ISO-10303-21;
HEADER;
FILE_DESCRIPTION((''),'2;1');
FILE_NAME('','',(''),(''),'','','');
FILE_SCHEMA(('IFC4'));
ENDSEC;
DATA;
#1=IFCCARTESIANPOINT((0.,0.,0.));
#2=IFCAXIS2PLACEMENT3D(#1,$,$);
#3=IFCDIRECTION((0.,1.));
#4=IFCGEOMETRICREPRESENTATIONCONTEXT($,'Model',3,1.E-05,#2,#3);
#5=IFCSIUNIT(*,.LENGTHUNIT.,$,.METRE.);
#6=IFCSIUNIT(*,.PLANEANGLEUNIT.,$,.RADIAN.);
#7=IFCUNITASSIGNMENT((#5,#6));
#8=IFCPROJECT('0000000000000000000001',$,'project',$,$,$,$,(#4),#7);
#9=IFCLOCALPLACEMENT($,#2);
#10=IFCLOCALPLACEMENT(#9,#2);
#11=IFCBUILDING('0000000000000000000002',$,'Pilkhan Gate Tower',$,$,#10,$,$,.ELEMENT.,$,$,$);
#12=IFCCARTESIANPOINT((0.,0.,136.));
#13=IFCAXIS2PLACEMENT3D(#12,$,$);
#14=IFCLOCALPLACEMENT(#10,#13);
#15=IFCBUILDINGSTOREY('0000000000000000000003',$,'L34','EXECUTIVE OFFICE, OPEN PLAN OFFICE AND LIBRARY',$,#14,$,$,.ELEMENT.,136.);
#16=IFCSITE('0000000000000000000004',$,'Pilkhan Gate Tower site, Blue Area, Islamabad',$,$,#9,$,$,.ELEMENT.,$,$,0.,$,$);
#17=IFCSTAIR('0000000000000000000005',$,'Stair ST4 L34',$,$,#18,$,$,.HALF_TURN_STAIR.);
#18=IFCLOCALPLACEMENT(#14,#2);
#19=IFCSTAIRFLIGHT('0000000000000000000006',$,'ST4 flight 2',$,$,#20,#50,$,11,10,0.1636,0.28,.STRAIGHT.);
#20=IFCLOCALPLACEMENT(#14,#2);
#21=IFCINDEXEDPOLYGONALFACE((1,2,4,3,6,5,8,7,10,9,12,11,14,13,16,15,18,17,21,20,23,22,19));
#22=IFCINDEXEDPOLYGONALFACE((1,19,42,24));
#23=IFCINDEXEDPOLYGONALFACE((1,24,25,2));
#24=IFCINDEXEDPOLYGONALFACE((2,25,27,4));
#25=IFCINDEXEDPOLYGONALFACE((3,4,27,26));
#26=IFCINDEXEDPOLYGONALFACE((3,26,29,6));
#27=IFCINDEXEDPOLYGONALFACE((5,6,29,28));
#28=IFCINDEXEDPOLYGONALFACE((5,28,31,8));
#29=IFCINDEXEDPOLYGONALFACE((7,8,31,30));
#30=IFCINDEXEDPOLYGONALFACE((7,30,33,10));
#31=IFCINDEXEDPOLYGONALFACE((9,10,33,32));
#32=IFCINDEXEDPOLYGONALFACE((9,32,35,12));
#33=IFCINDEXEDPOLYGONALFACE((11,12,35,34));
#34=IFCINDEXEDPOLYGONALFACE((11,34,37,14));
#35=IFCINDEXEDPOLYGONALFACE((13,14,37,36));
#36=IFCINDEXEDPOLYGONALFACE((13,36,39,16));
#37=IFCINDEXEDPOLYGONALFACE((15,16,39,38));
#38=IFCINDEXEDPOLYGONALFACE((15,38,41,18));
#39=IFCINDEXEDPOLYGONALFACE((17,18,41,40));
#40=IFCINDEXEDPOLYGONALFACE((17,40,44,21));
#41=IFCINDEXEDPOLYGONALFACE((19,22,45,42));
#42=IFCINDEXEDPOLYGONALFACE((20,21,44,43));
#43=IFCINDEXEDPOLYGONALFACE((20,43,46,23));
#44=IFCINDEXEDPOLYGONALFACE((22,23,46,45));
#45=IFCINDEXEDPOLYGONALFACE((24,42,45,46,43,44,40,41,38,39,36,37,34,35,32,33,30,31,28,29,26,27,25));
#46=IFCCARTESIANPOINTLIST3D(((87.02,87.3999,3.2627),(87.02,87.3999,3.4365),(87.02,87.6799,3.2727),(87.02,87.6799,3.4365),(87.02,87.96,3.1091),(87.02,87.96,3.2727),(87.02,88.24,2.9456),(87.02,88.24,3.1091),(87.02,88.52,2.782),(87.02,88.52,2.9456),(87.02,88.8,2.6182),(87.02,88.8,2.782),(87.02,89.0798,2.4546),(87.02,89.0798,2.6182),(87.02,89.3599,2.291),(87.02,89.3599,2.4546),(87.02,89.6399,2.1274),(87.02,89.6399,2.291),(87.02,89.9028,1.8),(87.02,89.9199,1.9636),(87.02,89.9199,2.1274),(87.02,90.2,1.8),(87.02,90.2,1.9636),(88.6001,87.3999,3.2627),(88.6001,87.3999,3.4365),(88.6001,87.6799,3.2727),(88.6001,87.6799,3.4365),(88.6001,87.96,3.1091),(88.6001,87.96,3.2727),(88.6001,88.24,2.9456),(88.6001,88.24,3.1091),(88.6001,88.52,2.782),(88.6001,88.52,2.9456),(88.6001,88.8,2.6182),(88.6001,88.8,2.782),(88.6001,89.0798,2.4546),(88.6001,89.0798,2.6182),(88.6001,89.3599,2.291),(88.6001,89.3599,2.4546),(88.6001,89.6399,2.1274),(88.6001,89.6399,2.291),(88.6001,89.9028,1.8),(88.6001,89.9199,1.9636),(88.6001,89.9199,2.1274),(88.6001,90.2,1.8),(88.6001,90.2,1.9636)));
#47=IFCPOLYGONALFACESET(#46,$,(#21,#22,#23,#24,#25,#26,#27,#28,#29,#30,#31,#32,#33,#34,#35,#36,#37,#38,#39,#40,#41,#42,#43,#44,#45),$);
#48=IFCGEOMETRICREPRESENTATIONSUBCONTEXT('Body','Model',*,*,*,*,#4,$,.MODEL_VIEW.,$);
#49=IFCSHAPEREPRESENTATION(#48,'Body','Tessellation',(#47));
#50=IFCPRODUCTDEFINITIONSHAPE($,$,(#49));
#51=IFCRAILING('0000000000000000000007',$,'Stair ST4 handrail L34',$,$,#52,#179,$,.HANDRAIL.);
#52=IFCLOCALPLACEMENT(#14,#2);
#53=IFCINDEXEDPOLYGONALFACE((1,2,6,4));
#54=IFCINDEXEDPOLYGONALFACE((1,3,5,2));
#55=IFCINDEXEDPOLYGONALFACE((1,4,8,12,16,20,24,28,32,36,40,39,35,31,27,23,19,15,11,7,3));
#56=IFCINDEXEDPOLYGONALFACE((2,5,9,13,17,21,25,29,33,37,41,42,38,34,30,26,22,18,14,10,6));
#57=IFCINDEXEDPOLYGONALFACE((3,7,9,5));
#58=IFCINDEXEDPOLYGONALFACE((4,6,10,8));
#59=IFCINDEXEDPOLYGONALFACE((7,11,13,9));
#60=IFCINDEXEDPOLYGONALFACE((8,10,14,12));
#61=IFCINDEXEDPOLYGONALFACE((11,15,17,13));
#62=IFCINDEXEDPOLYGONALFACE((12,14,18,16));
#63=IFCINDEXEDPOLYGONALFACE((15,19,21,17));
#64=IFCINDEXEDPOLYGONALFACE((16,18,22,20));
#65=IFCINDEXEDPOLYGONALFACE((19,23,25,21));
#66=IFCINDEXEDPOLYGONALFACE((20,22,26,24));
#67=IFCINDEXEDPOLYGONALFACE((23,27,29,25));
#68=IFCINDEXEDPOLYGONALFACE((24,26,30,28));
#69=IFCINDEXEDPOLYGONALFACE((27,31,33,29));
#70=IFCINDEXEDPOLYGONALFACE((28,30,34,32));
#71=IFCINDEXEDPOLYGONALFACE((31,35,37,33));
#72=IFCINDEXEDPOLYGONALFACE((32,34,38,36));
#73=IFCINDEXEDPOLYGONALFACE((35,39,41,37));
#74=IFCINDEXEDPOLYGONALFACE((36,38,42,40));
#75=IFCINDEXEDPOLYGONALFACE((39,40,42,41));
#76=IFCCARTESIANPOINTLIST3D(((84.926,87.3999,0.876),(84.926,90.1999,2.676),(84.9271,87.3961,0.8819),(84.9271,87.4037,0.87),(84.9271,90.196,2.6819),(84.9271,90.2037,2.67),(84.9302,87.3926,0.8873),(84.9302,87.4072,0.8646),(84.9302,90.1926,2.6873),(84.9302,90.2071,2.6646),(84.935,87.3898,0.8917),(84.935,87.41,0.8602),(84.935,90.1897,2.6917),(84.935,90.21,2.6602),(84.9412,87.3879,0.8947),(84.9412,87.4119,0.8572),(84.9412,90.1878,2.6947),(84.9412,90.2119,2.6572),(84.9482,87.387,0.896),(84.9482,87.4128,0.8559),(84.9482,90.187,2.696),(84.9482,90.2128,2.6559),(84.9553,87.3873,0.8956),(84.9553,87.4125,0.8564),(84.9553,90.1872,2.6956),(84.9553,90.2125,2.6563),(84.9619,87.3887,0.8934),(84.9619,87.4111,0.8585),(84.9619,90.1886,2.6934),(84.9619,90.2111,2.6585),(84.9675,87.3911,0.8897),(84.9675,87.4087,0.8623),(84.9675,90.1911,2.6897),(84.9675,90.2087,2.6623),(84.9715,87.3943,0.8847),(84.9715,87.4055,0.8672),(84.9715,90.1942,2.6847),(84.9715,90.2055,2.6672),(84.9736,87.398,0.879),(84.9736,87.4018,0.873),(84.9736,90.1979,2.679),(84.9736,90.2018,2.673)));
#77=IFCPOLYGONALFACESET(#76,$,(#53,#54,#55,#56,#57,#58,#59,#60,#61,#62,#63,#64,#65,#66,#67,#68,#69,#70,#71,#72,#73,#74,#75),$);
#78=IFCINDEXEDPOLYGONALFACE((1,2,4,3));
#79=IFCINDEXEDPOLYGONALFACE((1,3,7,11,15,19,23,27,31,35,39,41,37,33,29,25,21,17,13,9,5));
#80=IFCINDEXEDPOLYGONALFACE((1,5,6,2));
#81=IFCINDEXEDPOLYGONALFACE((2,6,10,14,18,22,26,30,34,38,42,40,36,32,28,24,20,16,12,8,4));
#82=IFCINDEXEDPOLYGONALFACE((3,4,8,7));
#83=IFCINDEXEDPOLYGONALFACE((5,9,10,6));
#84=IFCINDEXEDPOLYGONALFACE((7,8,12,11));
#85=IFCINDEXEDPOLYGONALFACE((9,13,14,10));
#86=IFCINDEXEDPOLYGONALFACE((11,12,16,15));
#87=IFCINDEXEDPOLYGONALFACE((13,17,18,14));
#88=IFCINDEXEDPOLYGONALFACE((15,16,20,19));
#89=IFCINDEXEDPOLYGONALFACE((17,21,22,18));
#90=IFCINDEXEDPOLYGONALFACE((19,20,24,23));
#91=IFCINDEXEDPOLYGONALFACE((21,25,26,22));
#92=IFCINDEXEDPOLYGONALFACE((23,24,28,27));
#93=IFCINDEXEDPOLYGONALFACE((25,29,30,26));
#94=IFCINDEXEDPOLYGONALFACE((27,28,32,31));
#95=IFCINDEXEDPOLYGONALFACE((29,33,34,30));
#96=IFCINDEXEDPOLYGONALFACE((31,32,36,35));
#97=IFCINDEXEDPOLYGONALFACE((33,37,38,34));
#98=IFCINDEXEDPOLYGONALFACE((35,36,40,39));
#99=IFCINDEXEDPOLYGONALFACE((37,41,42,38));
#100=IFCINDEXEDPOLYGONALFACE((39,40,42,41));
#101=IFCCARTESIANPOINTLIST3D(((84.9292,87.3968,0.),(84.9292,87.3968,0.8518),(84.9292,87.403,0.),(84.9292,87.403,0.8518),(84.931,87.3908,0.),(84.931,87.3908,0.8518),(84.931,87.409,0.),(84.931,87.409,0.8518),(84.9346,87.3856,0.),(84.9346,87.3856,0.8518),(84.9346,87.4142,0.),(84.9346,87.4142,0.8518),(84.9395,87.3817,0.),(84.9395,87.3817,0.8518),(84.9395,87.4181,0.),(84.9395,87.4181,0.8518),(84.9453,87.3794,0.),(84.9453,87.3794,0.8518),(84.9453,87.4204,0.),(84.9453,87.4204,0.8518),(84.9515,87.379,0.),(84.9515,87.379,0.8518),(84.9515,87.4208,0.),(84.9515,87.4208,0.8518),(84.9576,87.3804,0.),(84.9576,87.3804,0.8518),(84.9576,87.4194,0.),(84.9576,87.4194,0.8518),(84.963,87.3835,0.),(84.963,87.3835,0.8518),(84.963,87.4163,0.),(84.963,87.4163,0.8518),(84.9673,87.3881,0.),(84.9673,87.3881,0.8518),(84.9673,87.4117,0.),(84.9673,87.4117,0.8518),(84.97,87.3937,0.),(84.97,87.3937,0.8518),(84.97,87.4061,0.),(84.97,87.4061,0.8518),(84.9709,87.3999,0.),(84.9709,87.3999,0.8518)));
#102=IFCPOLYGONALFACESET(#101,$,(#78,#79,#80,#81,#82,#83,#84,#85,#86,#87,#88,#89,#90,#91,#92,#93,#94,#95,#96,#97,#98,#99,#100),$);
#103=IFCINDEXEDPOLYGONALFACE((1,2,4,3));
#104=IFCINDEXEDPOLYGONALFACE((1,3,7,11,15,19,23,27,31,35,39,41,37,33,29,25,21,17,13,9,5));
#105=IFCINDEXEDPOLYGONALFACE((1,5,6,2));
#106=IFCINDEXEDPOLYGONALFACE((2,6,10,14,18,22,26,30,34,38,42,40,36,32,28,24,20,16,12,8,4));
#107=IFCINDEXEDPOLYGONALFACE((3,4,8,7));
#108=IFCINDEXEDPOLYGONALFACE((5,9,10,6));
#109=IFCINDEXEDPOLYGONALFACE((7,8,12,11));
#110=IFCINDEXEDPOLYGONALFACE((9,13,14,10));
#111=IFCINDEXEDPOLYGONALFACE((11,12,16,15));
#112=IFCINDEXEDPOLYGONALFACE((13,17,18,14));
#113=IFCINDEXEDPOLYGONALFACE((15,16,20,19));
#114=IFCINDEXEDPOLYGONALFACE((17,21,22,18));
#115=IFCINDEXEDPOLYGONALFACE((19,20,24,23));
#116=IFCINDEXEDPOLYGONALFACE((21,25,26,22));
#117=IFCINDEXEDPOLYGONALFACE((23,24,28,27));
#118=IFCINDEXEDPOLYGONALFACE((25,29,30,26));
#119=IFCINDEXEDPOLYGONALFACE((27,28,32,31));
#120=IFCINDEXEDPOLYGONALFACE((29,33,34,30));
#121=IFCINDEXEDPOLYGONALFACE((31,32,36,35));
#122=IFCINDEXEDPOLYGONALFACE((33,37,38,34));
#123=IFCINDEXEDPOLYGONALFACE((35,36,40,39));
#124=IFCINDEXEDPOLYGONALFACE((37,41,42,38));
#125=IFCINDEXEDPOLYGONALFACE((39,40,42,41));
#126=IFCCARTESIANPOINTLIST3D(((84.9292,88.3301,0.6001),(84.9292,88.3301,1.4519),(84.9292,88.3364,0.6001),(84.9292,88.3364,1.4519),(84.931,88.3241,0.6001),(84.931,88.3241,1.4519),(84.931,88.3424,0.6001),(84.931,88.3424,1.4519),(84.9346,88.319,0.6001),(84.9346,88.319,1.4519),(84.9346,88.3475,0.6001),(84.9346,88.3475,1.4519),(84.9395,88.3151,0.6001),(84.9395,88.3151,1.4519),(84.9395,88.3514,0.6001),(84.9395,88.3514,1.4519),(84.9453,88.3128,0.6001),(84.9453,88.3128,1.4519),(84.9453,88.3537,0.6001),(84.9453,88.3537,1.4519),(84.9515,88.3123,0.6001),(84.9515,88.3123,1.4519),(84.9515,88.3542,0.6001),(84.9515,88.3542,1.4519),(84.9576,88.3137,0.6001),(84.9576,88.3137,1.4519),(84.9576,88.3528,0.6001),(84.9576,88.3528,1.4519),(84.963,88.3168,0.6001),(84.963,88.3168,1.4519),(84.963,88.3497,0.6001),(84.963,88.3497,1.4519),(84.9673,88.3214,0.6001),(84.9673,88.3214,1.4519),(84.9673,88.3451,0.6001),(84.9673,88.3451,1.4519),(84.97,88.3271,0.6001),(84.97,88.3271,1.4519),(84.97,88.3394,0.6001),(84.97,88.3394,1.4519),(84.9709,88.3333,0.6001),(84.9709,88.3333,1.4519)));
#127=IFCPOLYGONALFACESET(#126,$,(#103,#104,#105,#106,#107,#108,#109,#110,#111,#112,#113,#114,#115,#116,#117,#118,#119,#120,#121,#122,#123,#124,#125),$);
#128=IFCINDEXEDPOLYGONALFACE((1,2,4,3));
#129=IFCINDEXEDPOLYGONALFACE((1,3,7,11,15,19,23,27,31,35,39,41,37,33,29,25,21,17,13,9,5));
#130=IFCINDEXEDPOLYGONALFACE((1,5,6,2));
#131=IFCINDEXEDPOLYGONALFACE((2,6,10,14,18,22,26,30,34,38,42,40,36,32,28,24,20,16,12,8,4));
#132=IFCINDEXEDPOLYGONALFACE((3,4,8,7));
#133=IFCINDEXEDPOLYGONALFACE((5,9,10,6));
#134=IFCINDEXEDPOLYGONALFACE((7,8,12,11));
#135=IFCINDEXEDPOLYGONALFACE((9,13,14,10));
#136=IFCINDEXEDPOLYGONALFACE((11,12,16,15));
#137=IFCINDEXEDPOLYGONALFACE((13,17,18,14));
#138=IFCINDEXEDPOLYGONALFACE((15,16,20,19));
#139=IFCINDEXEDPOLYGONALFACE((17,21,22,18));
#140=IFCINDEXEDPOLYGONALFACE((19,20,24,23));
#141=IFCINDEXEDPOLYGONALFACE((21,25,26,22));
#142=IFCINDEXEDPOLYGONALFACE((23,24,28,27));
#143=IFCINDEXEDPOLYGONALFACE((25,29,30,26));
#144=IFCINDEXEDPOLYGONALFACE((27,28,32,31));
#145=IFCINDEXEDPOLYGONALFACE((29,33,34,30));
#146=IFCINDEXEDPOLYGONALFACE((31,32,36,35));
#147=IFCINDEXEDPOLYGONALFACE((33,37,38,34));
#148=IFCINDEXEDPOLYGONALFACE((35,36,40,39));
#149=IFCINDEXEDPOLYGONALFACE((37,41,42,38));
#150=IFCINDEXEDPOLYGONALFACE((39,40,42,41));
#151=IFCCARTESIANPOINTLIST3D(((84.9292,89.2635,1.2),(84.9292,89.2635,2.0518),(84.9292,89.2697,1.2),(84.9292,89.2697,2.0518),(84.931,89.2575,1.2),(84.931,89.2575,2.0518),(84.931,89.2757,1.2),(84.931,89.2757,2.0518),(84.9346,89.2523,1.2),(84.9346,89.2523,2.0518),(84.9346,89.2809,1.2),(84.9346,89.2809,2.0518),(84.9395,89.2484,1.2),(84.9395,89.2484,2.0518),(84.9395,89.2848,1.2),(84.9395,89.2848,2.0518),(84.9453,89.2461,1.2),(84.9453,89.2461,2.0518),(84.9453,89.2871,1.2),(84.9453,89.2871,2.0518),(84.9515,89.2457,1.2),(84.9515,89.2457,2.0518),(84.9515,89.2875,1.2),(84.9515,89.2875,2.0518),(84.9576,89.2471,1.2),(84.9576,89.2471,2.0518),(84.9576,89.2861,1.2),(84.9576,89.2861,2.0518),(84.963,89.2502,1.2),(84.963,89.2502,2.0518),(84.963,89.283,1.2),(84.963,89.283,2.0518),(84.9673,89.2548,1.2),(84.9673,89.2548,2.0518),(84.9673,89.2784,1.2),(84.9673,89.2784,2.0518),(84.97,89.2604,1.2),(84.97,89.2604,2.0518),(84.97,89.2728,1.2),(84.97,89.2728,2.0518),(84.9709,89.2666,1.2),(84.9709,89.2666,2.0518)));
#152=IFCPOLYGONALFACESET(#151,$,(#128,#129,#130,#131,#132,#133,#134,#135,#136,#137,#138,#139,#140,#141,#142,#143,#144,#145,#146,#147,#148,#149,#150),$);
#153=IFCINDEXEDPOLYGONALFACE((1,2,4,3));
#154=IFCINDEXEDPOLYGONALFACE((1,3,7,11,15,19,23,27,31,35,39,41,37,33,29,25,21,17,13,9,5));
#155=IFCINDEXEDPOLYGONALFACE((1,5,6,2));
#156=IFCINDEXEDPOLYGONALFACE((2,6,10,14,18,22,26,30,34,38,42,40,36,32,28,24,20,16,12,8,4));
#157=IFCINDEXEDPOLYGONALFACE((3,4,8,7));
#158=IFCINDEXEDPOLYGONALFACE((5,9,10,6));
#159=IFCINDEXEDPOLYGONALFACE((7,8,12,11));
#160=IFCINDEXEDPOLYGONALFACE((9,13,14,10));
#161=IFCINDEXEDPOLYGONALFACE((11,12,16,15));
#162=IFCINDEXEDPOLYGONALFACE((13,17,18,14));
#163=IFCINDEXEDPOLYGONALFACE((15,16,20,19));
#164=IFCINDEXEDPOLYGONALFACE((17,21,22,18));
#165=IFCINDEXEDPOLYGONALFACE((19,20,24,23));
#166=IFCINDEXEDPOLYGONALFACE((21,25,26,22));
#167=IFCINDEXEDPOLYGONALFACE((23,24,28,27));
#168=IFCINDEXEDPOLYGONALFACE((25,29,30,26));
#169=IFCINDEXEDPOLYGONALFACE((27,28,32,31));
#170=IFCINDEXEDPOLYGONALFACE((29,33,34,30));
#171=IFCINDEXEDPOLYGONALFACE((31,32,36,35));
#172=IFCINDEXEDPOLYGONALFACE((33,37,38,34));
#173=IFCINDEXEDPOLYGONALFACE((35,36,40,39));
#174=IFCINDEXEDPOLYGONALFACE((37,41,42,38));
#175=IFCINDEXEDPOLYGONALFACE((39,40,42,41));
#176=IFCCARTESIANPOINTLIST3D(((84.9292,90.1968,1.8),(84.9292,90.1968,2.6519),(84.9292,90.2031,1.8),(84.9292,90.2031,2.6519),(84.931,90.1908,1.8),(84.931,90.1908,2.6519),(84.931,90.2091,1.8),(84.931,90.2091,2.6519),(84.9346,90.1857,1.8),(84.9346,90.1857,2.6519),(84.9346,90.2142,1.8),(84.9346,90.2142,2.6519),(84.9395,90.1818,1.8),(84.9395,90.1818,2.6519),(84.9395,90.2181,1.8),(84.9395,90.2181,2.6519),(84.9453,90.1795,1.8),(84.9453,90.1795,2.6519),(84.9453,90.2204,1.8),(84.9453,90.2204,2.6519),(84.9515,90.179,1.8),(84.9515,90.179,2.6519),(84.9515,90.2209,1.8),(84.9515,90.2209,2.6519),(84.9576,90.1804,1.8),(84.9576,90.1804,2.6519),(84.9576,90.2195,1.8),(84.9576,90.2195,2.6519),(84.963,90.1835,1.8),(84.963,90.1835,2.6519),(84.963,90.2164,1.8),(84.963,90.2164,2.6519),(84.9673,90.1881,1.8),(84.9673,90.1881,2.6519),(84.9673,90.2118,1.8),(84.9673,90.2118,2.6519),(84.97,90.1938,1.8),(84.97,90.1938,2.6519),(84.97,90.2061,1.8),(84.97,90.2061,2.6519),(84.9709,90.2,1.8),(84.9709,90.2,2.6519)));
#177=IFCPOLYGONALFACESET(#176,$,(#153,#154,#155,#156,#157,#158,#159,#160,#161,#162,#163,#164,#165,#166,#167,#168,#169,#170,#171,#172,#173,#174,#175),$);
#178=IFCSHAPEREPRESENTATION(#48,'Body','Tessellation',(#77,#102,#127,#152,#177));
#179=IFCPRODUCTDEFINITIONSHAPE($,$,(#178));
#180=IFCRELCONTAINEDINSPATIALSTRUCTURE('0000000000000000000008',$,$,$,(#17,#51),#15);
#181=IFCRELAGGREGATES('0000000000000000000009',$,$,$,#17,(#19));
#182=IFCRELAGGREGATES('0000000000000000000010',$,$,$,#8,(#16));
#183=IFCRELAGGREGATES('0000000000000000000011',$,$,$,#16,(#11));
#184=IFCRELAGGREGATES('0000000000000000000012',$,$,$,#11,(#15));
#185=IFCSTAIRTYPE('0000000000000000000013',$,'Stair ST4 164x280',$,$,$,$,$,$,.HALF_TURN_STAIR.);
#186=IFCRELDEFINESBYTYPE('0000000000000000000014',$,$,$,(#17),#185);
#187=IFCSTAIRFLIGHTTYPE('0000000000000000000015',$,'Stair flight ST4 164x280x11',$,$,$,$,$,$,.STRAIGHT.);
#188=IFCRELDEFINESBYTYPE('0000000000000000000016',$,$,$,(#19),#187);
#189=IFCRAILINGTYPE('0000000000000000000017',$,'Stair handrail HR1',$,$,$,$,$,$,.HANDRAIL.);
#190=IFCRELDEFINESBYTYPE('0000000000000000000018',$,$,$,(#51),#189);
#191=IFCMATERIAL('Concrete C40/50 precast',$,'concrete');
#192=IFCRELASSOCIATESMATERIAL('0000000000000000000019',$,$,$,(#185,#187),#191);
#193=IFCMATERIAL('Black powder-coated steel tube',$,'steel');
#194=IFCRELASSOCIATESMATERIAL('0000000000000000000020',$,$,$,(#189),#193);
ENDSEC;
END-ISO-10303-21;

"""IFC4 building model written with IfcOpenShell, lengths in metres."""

from ifc_helpers import new_model, si_unit, direction, frame, origin, origin_2d, place, context, subcontext, project, spatial, polyline, circle, outline, extrude, material, type_object, element, aggregate, save


model = new_model("IFC4")

# Units and contexts
model_context = context("Model", 3, precision=1e-05, world=origin(), true_north=direction((0.0, 1.0)))
body_context = subcontext(model_context, "Body", "Model", "MODEL_VIEW")
ifc_project = project(units=[si_unit("LENGTHUNIT", "METRE"), si_unit("PLANEANGLEUNIT", "RADIAN")], contexts=[model_context])

# Site, building, storey
site_placement = place(None, origin())
site = spatial("IfcSite", under=ifc_project, at=site_placement, Name="Pilkhan Gate Tower site, Blue Area, Islamabad", CompositionType="ELEMENT", RefElevation=0.0)
building_placement = place(site_placement, origin())
building = spatial("IfcBuilding", under=site, at=building_placement, Name="Pilkhan Gate Tower", CompositionType="ELEMENT")
storey_placement = place(building_placement, frame((0.0, 0.0, 136.0)))
storey = spatial("IfcBuildingStorey", under=building, at=storey_placement, Name="L34", Description="EXECUTIVE OFFICE, OPEN PLAN OFFICE AND LIBRARY", CompositionType="ELEMENT", Elevation=136.0)

# Stair, stair flight
ifc_material_1 = material(Name="Concrete C40/50 precast", Category="concrete")
stair_type = type_object("IfcStairType", Name="Stair ST4 164x280", PredefinedType="HALF_TURN_STAIR", material=ifc_material_1)
stair_placement = place(storey_placement, origin())
stair = element("IfcStair", 1, at=stair_placement, inside=storey, type_object=stair_type, Name="Stair ST4 L34", PredefinedType="HALF_TURN_STAIR")
stair_flight_type = type_object("IfcStairFlightType", Name="Stair flight ST4 164x280x11", PredefinedType="STRAIGHT", material=ifc_material_1)
stair_flight_1_placement = place(storey_placement, frame((87.8101, 90.2, 1.8), z_axis=(0.0, 0.0, 1.0), x_axis=(0.0, -1.0, 0.0)))
stair_flight_1 = element("IfcStairFlight", 2, at=stair_flight_1_placement, type_object=stair_flight_type, Name="ST4 flight 2", NumberOfRisers=11, NumberOfTreads=10, PredefinedType="STRAIGHT", RiserHeight=0.1636, TreadLength=0.28, context=body_context, shape_type="SweptSolid", body=[
    extrude(outline(polyline([(0.0, 0.0), (0.0, 0.1636), (0.28, 0.1636), (0.28, 0.3274), (0.5601, 0.3274), (0.5601, 0.491), (0.8401, 0.491), (0.8401, 0.6545), (1.1201, 0.6545), (1.1201, 0.8181), (1.3999, 0.8181), (1.3999, 0.9819), (1.6799, 0.9819), (1.6799, 1.1455), (1.96, 1.1455), (1.96, 1.3091), (2.24, 1.3091), (2.24, 1.4727), (2.52, 1.4727), (2.52, 1.6365), (2.8, 1.6365), (2.8, 1.8), (2.8, 1.4626), (0.2971, 0.0), (0.0, 0.0)])), frame((0.0, 0.79, 0.0), z_axis=(0.0, -1.0, 0.0), x_axis=(1.0, 0.0, 0.0)), (0.0, 0.0, 1.0), 1.5801),
])
aggregate(stair, [stair_flight_1])

# Railing
ifc_material_2 = material(Name="Black powder-coated steel tube", Category="steel")
railing_type_1 = type_object("IfcRailingType", Name="Stair handrail HR1", PredefinedType="HANDRAIL", material=ifc_material_2)
railing_1_placement = place(storey_placement, frame((84.95, 87.3999, 0.0)))
element("IfcRailing", 3, at=railing_1_placement, inside=storey, type_object=railing_type_1, Name="Stair ST4 handrail L34", PredefinedType="HANDRAIL", context=body_context, shape_type="SweptSolid", body=[
    extrude(circle(Radius=0.0239, at=origin_2d()), frame((0.0, 0.0, 0.876), z_axis=(0.0, 0.841176, 0.540761), x_axis=(-1.0, 0.0, 0.0)), (0.0, 0.0, 1.0), 3.3286),
    extrude(circle(Radius=0.021, at=origin_2d()), origin(), (0.0, 0.0, 1.0), 0.8518),
    extrude(circle(Radius=0.021, at=origin_2d()), frame((0.0, 0.9333, 0.6001)), (0.0, 0.0, 1.0), 0.8518),
    extrude(circle(Radius=0.021, at=origin_2d()), frame((0.0, 1.8667, 1.2)), (0.0, 0.0, 1.0), 0.8518),
    extrude(circle(Radius=0.021, at=origin_2d()), frame((0.0, 2.8, 1.8)), (0.0, 0.0, 1.0), 0.8518),
])

save(model, "model.ifc")
